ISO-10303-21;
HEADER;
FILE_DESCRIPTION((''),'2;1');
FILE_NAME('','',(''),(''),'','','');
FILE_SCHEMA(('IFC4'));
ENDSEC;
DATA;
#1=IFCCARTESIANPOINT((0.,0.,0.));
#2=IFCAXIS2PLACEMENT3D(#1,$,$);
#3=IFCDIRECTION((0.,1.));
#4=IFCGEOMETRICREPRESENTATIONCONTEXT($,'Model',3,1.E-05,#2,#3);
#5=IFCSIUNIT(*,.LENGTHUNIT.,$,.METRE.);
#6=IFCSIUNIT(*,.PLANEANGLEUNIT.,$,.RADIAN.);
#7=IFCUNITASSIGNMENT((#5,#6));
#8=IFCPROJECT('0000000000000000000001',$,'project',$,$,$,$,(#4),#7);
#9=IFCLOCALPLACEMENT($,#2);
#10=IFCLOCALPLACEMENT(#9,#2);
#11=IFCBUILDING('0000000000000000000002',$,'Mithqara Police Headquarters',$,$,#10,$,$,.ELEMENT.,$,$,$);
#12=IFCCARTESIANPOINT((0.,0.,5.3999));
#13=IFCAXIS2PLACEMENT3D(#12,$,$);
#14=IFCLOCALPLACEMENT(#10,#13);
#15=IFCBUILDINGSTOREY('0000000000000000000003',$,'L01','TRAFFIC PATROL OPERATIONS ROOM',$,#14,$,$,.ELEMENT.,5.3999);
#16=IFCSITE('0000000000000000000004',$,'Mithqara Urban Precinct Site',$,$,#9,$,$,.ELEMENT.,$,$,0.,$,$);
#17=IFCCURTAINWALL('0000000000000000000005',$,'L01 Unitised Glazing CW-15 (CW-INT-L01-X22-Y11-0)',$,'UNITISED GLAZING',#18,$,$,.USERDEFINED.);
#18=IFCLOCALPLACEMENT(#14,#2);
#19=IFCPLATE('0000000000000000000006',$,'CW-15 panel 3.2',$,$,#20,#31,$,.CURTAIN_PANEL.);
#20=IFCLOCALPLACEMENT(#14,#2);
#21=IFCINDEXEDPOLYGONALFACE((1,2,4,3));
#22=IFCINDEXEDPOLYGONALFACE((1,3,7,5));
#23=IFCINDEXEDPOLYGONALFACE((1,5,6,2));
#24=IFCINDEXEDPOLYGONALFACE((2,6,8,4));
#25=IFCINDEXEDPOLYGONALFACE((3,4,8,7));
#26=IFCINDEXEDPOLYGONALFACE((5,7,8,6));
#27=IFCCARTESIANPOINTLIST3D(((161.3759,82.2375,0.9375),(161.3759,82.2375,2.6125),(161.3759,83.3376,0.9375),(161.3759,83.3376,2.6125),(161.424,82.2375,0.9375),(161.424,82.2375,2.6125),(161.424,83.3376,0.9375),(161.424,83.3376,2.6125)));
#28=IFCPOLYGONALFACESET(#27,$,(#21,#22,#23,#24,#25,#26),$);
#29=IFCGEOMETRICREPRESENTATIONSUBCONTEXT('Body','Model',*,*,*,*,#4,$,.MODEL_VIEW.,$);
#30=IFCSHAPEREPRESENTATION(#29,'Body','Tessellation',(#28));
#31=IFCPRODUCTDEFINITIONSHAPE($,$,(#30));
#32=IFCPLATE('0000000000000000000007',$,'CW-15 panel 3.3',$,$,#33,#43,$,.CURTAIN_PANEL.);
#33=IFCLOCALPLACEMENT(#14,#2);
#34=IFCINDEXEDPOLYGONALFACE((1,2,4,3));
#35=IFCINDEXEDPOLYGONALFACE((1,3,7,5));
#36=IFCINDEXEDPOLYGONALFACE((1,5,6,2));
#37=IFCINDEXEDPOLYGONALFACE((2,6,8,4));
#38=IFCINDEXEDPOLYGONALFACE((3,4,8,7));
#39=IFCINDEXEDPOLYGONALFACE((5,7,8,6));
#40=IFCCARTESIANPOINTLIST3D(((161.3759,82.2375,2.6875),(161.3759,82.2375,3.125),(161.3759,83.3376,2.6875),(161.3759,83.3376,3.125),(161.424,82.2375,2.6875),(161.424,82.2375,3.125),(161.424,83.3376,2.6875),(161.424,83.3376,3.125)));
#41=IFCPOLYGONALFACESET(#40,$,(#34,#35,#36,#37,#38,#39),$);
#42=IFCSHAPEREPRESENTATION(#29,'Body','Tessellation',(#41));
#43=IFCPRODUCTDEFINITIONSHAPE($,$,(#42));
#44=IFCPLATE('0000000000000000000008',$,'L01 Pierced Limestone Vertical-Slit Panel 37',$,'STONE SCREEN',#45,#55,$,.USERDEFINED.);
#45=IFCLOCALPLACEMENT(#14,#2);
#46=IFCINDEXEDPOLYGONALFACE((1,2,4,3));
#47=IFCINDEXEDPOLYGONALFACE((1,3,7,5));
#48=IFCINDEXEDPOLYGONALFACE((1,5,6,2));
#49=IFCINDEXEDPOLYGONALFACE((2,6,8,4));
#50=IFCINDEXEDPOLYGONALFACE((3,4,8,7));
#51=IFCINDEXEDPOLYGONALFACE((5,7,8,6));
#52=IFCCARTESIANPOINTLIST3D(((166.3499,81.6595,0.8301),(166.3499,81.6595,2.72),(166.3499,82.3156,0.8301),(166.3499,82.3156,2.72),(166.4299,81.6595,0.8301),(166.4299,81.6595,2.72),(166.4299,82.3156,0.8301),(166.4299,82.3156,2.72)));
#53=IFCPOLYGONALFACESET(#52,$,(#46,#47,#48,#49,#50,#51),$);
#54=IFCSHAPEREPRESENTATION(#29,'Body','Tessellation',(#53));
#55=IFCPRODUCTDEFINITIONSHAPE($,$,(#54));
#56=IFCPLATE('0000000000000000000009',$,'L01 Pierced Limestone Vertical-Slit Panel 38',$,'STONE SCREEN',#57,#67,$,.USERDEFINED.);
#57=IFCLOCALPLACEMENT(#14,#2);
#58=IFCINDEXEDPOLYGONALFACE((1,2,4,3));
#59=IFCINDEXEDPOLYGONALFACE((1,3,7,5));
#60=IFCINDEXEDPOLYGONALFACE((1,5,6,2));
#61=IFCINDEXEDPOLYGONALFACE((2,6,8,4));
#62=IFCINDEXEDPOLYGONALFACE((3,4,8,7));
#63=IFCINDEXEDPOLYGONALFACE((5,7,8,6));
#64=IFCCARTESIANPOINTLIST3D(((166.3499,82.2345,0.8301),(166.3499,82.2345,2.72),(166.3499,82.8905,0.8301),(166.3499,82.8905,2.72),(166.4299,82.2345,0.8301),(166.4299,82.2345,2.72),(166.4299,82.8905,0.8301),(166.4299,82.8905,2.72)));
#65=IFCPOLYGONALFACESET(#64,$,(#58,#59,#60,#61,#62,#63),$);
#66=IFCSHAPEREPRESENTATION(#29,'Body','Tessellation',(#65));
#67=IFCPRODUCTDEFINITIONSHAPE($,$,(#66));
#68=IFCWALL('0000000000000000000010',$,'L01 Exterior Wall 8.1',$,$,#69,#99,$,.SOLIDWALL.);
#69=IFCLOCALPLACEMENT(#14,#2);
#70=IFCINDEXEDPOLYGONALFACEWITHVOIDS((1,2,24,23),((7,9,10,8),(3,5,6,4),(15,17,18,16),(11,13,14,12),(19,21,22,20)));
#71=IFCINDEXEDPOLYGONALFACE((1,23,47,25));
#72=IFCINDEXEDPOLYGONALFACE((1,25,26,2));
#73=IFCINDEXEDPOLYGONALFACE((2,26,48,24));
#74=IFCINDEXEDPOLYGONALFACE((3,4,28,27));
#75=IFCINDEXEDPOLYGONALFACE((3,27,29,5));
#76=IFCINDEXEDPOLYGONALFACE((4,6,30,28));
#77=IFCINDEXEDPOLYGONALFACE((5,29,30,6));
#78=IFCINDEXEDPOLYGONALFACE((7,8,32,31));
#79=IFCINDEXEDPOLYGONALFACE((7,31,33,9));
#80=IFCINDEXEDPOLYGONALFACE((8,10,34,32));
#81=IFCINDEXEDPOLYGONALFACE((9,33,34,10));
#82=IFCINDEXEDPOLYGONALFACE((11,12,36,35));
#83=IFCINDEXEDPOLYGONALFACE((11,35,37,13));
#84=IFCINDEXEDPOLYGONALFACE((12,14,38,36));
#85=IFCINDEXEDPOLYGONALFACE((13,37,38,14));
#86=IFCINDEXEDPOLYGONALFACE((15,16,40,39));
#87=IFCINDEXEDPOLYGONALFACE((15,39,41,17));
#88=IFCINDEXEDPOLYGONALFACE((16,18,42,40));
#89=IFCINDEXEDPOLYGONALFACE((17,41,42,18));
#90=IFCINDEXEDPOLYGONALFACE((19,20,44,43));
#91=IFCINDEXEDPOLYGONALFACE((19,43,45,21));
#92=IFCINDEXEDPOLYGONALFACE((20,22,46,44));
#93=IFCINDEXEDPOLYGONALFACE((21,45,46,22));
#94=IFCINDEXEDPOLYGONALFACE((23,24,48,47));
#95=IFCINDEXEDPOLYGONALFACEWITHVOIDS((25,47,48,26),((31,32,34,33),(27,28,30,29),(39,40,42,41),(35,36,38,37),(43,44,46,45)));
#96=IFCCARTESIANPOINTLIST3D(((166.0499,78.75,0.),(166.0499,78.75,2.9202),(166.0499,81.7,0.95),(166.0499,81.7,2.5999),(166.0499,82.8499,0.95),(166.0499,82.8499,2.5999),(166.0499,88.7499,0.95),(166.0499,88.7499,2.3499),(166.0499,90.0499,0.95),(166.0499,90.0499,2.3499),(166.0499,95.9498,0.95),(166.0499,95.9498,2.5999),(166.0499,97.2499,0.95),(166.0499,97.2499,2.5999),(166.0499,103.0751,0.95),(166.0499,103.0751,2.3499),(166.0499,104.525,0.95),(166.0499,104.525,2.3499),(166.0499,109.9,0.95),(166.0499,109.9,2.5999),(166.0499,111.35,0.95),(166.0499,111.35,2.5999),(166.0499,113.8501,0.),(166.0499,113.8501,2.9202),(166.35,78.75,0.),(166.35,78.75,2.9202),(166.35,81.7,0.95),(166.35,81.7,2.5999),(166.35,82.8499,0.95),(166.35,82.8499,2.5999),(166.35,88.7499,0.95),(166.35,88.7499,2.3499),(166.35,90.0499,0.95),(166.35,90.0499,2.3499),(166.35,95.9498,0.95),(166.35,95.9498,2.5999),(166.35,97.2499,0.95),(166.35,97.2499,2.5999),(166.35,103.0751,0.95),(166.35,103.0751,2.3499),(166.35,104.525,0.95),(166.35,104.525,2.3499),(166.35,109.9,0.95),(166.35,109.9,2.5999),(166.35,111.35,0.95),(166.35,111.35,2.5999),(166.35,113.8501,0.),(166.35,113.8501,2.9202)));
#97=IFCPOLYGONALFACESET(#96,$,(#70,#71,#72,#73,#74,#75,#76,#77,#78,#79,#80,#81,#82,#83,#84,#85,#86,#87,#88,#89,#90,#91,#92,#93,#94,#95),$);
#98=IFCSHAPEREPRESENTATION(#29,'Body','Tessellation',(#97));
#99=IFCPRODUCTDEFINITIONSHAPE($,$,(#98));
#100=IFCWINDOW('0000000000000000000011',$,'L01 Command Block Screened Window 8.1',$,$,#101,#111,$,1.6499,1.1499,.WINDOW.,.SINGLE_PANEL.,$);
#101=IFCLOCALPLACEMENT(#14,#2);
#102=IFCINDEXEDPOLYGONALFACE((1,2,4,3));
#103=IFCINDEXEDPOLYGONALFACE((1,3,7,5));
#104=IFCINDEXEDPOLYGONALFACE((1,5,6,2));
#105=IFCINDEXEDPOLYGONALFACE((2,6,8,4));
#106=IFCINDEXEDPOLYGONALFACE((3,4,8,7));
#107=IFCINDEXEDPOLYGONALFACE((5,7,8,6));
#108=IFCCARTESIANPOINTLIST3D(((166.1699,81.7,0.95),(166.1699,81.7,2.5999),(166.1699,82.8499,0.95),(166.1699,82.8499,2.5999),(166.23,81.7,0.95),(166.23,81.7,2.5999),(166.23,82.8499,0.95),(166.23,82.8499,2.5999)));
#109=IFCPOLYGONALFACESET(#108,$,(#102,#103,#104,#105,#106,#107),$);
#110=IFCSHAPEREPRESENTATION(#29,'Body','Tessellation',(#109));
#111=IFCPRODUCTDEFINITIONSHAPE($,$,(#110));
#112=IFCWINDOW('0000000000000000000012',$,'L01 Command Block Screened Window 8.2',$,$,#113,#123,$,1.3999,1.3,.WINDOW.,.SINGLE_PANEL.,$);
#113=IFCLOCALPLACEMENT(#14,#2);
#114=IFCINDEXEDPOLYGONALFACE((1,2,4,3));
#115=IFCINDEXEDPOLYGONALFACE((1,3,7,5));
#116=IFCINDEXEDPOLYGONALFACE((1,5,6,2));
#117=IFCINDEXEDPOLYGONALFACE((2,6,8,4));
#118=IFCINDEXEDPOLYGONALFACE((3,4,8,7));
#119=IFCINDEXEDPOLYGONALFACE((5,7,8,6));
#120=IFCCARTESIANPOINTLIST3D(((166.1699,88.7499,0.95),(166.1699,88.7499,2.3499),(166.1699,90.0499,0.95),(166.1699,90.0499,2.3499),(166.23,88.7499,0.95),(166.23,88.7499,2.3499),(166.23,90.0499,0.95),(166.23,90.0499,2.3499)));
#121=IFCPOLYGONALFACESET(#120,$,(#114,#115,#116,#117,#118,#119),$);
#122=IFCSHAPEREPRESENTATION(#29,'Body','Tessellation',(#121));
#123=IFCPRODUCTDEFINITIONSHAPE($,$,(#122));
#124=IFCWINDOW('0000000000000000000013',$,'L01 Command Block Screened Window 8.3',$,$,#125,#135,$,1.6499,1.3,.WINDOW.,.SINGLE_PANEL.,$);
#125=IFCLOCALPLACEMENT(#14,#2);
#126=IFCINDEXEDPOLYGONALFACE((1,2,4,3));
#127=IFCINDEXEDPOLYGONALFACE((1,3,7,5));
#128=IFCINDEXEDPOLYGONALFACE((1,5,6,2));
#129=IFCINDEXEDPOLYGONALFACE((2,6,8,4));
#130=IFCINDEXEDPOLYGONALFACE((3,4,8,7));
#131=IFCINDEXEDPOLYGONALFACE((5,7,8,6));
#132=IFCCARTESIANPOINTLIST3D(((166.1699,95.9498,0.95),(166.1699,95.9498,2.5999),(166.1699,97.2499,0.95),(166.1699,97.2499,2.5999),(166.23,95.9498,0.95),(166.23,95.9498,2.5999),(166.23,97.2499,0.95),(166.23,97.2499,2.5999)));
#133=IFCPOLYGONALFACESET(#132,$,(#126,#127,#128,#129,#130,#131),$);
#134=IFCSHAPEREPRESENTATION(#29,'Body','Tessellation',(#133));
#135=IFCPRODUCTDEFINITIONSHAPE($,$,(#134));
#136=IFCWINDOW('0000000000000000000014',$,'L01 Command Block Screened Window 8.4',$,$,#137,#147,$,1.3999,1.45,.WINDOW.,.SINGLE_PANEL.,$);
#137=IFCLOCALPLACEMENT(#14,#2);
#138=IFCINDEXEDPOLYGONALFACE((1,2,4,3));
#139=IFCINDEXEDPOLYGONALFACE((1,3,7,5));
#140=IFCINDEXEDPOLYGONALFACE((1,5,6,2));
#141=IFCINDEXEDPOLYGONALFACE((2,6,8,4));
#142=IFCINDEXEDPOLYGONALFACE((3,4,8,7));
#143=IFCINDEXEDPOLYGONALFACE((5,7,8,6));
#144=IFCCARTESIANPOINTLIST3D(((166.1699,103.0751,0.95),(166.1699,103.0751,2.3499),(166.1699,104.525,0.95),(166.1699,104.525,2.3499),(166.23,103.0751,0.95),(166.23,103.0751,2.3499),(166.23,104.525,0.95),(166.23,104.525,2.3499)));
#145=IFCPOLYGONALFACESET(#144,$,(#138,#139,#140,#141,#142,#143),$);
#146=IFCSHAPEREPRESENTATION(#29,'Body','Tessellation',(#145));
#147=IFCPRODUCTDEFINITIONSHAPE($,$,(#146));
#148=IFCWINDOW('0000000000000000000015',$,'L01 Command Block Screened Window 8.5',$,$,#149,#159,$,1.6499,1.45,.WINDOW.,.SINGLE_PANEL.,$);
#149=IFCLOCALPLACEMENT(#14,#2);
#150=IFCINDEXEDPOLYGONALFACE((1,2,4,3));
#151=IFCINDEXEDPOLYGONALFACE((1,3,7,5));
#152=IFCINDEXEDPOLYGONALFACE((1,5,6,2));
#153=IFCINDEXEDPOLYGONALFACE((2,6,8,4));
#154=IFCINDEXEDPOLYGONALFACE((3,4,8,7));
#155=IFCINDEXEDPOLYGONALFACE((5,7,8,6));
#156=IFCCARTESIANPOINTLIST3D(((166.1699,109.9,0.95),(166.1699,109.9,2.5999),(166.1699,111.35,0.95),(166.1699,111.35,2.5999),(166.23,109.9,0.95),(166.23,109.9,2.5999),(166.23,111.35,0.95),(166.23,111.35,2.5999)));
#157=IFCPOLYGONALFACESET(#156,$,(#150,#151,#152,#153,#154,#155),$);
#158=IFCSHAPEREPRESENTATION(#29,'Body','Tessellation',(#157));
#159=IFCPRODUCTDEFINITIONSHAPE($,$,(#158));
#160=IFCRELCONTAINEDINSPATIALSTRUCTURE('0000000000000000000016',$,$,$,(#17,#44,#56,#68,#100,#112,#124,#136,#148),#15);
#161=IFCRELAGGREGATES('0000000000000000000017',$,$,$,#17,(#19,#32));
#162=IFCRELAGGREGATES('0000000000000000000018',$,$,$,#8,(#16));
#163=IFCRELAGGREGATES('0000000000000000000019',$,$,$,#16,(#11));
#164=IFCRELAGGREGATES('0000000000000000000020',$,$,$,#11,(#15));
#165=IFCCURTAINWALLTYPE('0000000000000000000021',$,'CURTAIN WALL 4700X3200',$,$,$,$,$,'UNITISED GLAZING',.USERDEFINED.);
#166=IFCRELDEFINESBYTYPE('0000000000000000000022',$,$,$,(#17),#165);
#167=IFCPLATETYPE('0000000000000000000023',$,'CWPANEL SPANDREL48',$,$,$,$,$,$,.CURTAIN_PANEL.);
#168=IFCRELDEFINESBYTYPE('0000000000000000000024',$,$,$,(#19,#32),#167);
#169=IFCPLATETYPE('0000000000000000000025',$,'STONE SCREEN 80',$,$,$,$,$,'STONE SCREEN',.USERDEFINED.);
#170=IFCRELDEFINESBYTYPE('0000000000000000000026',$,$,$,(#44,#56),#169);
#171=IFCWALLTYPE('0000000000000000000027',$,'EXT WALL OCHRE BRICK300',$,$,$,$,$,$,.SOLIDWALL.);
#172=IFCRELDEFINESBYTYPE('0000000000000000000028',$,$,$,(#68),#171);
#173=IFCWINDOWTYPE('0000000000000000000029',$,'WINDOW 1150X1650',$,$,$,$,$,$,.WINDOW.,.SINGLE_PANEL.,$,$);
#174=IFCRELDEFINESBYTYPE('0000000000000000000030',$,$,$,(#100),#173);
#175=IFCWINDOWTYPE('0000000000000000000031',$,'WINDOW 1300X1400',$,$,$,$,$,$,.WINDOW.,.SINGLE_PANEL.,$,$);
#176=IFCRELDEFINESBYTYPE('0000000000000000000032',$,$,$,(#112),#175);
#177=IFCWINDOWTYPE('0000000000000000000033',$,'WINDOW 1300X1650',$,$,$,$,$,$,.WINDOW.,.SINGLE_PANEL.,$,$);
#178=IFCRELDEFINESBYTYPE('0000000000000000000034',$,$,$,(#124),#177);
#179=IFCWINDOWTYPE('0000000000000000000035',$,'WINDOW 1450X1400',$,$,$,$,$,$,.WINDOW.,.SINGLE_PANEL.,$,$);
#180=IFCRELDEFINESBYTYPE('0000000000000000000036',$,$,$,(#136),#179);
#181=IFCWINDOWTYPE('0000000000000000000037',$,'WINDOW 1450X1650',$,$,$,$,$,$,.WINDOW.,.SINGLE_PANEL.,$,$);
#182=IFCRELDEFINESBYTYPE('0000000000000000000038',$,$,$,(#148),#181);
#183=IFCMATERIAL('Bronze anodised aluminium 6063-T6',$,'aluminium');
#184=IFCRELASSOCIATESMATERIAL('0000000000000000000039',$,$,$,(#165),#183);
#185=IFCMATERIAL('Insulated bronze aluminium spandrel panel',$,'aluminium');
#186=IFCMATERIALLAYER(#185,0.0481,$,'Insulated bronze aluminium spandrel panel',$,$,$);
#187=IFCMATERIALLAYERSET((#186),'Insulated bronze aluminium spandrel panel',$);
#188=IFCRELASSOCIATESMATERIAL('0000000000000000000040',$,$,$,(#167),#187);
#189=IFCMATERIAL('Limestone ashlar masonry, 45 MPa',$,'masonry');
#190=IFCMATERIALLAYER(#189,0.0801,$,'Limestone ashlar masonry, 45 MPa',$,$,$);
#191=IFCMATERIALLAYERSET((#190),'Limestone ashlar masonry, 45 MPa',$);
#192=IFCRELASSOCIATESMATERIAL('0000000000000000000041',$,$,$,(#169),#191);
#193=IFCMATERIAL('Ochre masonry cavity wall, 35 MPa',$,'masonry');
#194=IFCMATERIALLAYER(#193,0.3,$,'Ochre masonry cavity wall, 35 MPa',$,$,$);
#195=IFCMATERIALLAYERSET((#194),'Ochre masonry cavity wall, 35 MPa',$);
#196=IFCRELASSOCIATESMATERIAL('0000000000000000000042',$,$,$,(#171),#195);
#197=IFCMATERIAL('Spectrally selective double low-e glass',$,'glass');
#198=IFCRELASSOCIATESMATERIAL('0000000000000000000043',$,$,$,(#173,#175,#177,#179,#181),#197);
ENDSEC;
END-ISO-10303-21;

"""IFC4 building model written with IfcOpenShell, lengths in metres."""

from ifc_helpers import new_model, si_unit, direction, frame, frame_2d, origin, origin_2d, place, context, subcontext, project, spatial, rectangle, extrude, material, layer, layer_set, type_object, element, fill, aggregate, save


model = new_model("IFC4")

# Units and contexts
model_context = context("Model", 3, precision=1e-05, world=origin(), true_north=direction((0.0, 1.0)))
body_context = subcontext(model_context, "Body", "Model", "MODEL_VIEW")
ifc_project = project(units=[si_unit("LENGTHUNIT", "METRE"), si_unit("PLANEANGLEUNIT", "RADIAN")], contexts=[model_context])

# Site, building, storey
site_placement = place(None, origin())
site = spatial("IfcSite", under=ifc_project, at=site_placement, Name="Mithqara Urban Precinct Site", CompositionType="ELEMENT", RefElevation=0.0)
building_placement = place(site_placement, origin())
building = spatial("IfcBuilding", under=site, at=building_placement, Name="Mithqara Police Headquarters", CompositionType="ELEMENT")
storey_placement = place(building_placement, frame((0.0, 0.0, 5.3999)))
storey = spatial("IfcBuildingStorey", under=building, at=storey_placement, Name="L01", Description="TRAFFIC PATROL OPERATIONS ROOM", CompositionType="ELEMENT", Elevation=5.3999)

# Curtain wall, plates
ifc_material_1 = material(Name="Bronze anodised aluminium 6063-T6", Category="aluminium")
curtain_wall_type = type_object("IfcCurtainWallType", Name="CURTAIN WALL 4700X3200", ElementType="UNITISED GLAZING", PredefinedType="USERDEFINED", material=ifc_material_1)
curtain_wall_placement = place(storey_placement, origin())
curtain_wall = element("IfcCurtainWall", 1, at=curtain_wall_placement, inside=storey, type_object=curtain_wall_type, Name="L01 Unitised Glazing CW-15 (CW-INT-L01-X22-Y11-0)", ObjectType="UNITISED GLAZING", PredefinedType="USERDEFINED")
ifc_material_2 = material(Name="Insulated bronze aluminium spandrel panel", Category="aluminium")
ifc_layer_1 = layer(ifc_material_2, 0.0481, Name="Insulated bronze aluminium spandrel panel")
ifc_layer_set_1 = layer_set([ifc_layer_1], Name="Insulated bronze aluminium spandrel panel")
plate_type_1 = type_object("IfcPlateType", Name="CWPANEL SPANDREL48", PredefinedType="CURTAIN_PANEL", material=ifc_layer_set_1)
plate_1_placement = place(storey_placement, frame((161.3999, 82.7876, 0.9375), z_axis=(0.0, 0.0, 1.0), x_axis=(0.0, 1.0, 0.0)))
plate_1 = element("IfcPlate", 2, at=plate_1_placement, type_object=plate_type_1, Name="CW-15 panel 3.2", PredefinedType="CURTAIN_PANEL", context=body_context, shape_type="SweptSolid", body=[
    extrude(rectangle(XDim=1.1001, YDim=0.0481, at=origin_2d()), origin(), (0.0, 0.0, 1.0), 1.675),
])
plate_2_placement = place(storey_placement, frame((161.3999, 82.7876, 2.6875), z_axis=(0.0, 0.0, 1.0), x_axis=(0.0, 1.0, 0.0)))
plate_2 = element("IfcPlate", 3, at=plate_2_placement, type_object=plate_type_1, Name="CW-15 panel 3.3", PredefinedType="CURTAIN_PANEL", context=body_context, shape_type="SweptSolid", body=[
    extrude(rectangle(XDim=1.1001, YDim=0.0481, at=origin_2d()), origin(), (0.0, 0.0, 1.0), 0.4375),
])
aggregate(curtain_wall, [plate_1, plate_2])

# Plates
ifc_material_3 = material(Name="Limestone ashlar masonry, 45 MPa", Category="masonry")
ifc_layer_2 = layer(ifc_material_3, 0.0801, Name="Limestone ashlar masonry, 45 MPa")
ifc_layer_set_2 = layer_set([ifc_layer_2], Name="Limestone ashlar masonry, 45 MPa")
plate_type_2 = type_object("IfcPlateType", Name="STONE SCREEN 80", ElementType="STONE SCREEN", PredefinedType="USERDEFINED", material=ifc_layer_set_2)
for number, where, z_axis, x_axis, name in (
    (4, (166.3899, 81.9875, 0.8301), (0.0, 0.0, 1.0), (0.0, 1.0, 0.0), "L01 Pierced Limestone Vertical-Slit Panel 37"),
    (5, (166.3899, 82.5625, 0.8301), (0.0, 0.0, 1.0), (0.0, 1.0, 0.0), "L01 Pierced Limestone Vertical-Slit Panel 38"),
):
    element("IfcPlate", number, at=place(storey_placement, frame(where, z_axis=z_axis, x_axis=x_axis)), inside=storey, type_object=plate_type_2, Name=name, ObjectType="STONE SCREEN", PredefinedType="USERDEFINED", context=body_context, shape_type="SweptSolid", body=[
        extrude(rectangle(XDim=0.656, YDim=0.0801, at=origin_2d()), origin(), (0.0, 0.0, 1.0), 1.8899),
    ])

# Wall, openings, windows
ifc_material_4 = material(Name="Ochre masonry cavity wall, 35 MPa", Category="masonry")
ifc_layer_3 = layer(ifc_material_4, 0.3, Name="Ochre masonry cavity wall, 35 MPa")
ifc_layer_set_3 = layer_set([ifc_layer_3], Name="Ochre masonry cavity wall, 35 MPa")
wall_type_1 = type_object("IfcWallType", Name="EXT WALL OCHRE BRICK300", PredefinedType="SOLIDWALL", material=ifc_layer_set_3)
wall_1_placement = place(storey_placement, frame((166.2, 78.75, 0.0), z_axis=(0.0, 0.0, 1.0), x_axis=(0.0, 1.0, 0.0)))
wall_1 = element("IfcWall", 6, at=wall_1_placement, inside=storey, type_object=wall_type_1, Name="L01 Exterior Wall 8.1", PredefinedType="SOLIDWALL", context=body_context, shape_type="SweptSolid", body=[
    extrude(rectangle(XDim=35.1001, YDim=0.3, at=frame_2d((17.55, 0.0))), origin(), (0.0, 0.0, 1.0), 2.9202),
])
opening_1_placement = place(wall_1_placement, frame((2.95, 0.0, 0.95)))
opening_1 = element("IfcOpeningElement", 7, at=opening_1_placement, cuts=wall_1, PredefinedType="OPENING", context=body_context, shape_type="SweptSolid", body=[
    extrude(rectangle(XDim=1.1499, YDim=1.6499, at=frame_2d((0.575, 0.825))), frame((0.0, 0.1602, 0.0), z_axis=(0.0, -1.0, 0.0), x_axis=(1.0, 0.0, 0.0)), (0.0, 0.0, 1.0), 0.3201),
])
opening_2_placement = place(wall_1_placement, frame((10.0, 0.0, 0.95)))
opening_2 = element("IfcOpeningElement", 8, at=opening_2_placement, cuts=wall_1, PredefinedType="OPENING", context=body_context, shape_type="SweptSolid", body=[
    extrude(rectangle(XDim=1.3, YDim=1.3999, at=frame_2d((0.6499, 0.7))), frame((0.0, 0.1602, 0.0), z_axis=(0.0, -1.0, 0.0), x_axis=(1.0, 0.0, 0.0)), (0.0, 0.0, 1.0), 0.3201),
])
opening_3_placement = place(wall_1_placement, frame((17.2, 0.0, 0.95)))
opening_3 = element("IfcOpeningElement", 9, at=opening_3_placement, cuts=wall_1, PredefinedType="OPENING", context=body_context, shape_type="SweptSolid", body=[
    extrude(rectangle(XDim=1.3, YDim=1.6499, at=frame_2d((0.6499, 0.825))), frame((0.0, 0.1602, 0.0), z_axis=(0.0, -1.0, 0.0), x_axis=(1.0, 0.0, 0.0)), (0.0, 0.0, 1.0), 0.3201),
])
opening_4_placement = place(wall_1_placement, frame((24.325, 0.0, 0.95)))
opening_4 = element("IfcOpeningElement", 10, at=opening_4_placement, cuts=wall_1, PredefinedType="OPENING", context=body_context, shape_type="SweptSolid", body=[
    extrude(rectangle(XDim=1.45, YDim=1.3999, at=frame_2d((0.7251, 0.7))), frame((0.0, 0.1602, 0.0), z_axis=(0.0, -1.0, 0.0), x_axis=(1.0, 0.0, 0.0)), (0.0, 0.0, 1.0), 0.3201),
])
opening_5_placement = place(wall_1_placement, frame((31.1499, 0.0, 0.95)))
opening_5 = element("IfcOpeningElement", 11, at=opening_5_placement, cuts=wall_1, PredefinedType="OPENING", context=body_context, shape_type="SweptSolid", body=[
    extrude(rectangle(XDim=1.45, YDim=1.6499, at=frame_2d((0.7251, 0.825))), frame((0.0, 0.1602, 0.0), z_axis=(0.0, -1.0, 0.0), x_axis=(1.0, 0.0, 0.0)), (0.0, 0.0, 1.0), 0.3201),
])
ifc_material_5 = material(Name="Spectrally selective double low-e glass", Category="glass")
window_type_1 = type_object("IfcWindowType", Name="WINDOW 1150X1650", PartitioningType="SINGLE_PANEL", PredefinedType="WINDOW", material=ifc_material_5)
window_1_placement = place(opening_1_placement, origin())
window_1 = element("IfcWindow", 12, at=window_1_placement, inside=storey, type_object=window_type_1, Name="L01 Command Block Screened Window 8.1", OverallHeight=1.6499, OverallWidth=1.1499, PartitioningType="SINGLE_PANEL", PredefinedType="WINDOW", context=body_context, shape_type="SweptSolid", body=[
    extrude(rectangle(XDim=1.1499, YDim=1.6499, at=frame_2d((0.575, 0.825))), frame((0.0, 0.03, 0.0), z_axis=(0.0, -1.0, 0.0), x_axis=(1.0, 0.0, 0.0)), (0.0, 0.0, 1.0), 0.0601),
])
fill(opening_1, window_1)
window_type_2 = type_object("IfcWindowType", Name="WINDOW 1300X1400", PartitioningType="SINGLE_PANEL", PredefinedType="WINDOW", material=ifc_material_5)
window_2_placement = place(opening_2_placement, origin())
window_2 = element("IfcWindow", 13, at=window_2_placement, inside=storey, type_object=window_type_2, Name="L01 Command Block Screened Window 8.2", OverallHeight=1.3999, OverallWidth=1.3, PartitioningType="SINGLE_PANEL", PredefinedType="WINDOW", context=body_context, shape_type="SweptSolid", body=[
    extrude(rectangle(XDim=1.3, YDim=1.3999, at=frame_2d((0.6499, 0.7))), frame((0.0, 0.03, 0.0), z_axis=(0.0, -1.0, 0.0), x_axis=(1.0, 0.0, 0.0)), (0.0, 0.0, 1.0), 0.0601),
])
fill(opening_2, window_2)
window_type_3 = type_object("IfcWindowType", Name="WINDOW 1300X1650", PartitioningType="SINGLE_PANEL", PredefinedType="WINDOW", material=ifc_material_5)
window_3_placement = place(opening_3_placement, origin())
window_3 = element("IfcWindow", 14, at=window_3_placement, inside=storey, type_object=window_type_3, Name="L01 Command Block Screened Window 8.3", OverallHeight=1.6499, OverallWidth=1.3, PartitioningType="SINGLE_PANEL", PredefinedType="WINDOW", context=body_context, shape_type="SweptSolid", body=[
    extrude(rectangle(XDim=1.3, YDim=1.6499, at=frame_2d((0.6499, 0.825))), frame((0.0, 0.03, 0.0), z_axis=(0.0, -1.0, 0.0), x_axis=(1.0, 0.0, 0.0)), (0.0, 0.0, 1.0), 0.0601),
])
fill(opening_3, window_3)
window_type_4 = type_object("IfcWindowType", Name="WINDOW 1450X1400", PartitioningType="SINGLE_PANEL", PredefinedType="WINDOW", material=ifc_material_5)
window_4_placement = place(opening_4_placement, origin())
window_4 = element("IfcWindow", 15, at=window_4_placement, inside=storey, type_object=window_type_4, Name="L01 Command Block Screened Window 8.4", OverallHeight=1.3999, OverallWidth=1.45, PartitioningType="SINGLE_PANEL", PredefinedType="WINDOW", context=body_context, shape_type="SweptSolid", body=[
    extrude(rectangle(XDim=1.45, YDim=1.3999, at=frame_2d((0.7251, 0.7))), frame((0.0, 0.03, 0.0), z_axis=(0.0, -1.0, 0.0), x_axis=(1.0, 0.0, 0.0)), (0.0, 0.0, 1.0), 0.0601),
])
fill(opening_4, window_4)
window_type_5 = type_object("IfcWindowType", Name="WINDOW 1450X1650", PartitioningType="SINGLE_PANEL", PredefinedType="WINDOW", material=ifc_material_5)
window_5_placement = place(opening_5_placement, origin())
window_5 = element("IfcWindow", 16, at=window_5_placement, inside=storey, type_object=window_type_5, Name="L01 Command Block Screened Window 8.5", OverallHeight=1.6499, OverallWidth=1.45, PartitioningType="SINGLE_PANEL", PredefinedType="WINDOW", context=body_context, shape_type="SweptSolid", body=[
    extrude(rectangle(XDim=1.45, YDim=1.6499, at=frame_2d((0.7251, 0.825))), frame((0.0, 0.03, 0.0), z_axis=(0.0, -1.0, 0.0), x_axis=(1.0, 0.0, 0.0)), (0.0, 0.0, 1.0), 0.0601),
])
fill(opening_5, window_5)

save(model, "model.ifc")
